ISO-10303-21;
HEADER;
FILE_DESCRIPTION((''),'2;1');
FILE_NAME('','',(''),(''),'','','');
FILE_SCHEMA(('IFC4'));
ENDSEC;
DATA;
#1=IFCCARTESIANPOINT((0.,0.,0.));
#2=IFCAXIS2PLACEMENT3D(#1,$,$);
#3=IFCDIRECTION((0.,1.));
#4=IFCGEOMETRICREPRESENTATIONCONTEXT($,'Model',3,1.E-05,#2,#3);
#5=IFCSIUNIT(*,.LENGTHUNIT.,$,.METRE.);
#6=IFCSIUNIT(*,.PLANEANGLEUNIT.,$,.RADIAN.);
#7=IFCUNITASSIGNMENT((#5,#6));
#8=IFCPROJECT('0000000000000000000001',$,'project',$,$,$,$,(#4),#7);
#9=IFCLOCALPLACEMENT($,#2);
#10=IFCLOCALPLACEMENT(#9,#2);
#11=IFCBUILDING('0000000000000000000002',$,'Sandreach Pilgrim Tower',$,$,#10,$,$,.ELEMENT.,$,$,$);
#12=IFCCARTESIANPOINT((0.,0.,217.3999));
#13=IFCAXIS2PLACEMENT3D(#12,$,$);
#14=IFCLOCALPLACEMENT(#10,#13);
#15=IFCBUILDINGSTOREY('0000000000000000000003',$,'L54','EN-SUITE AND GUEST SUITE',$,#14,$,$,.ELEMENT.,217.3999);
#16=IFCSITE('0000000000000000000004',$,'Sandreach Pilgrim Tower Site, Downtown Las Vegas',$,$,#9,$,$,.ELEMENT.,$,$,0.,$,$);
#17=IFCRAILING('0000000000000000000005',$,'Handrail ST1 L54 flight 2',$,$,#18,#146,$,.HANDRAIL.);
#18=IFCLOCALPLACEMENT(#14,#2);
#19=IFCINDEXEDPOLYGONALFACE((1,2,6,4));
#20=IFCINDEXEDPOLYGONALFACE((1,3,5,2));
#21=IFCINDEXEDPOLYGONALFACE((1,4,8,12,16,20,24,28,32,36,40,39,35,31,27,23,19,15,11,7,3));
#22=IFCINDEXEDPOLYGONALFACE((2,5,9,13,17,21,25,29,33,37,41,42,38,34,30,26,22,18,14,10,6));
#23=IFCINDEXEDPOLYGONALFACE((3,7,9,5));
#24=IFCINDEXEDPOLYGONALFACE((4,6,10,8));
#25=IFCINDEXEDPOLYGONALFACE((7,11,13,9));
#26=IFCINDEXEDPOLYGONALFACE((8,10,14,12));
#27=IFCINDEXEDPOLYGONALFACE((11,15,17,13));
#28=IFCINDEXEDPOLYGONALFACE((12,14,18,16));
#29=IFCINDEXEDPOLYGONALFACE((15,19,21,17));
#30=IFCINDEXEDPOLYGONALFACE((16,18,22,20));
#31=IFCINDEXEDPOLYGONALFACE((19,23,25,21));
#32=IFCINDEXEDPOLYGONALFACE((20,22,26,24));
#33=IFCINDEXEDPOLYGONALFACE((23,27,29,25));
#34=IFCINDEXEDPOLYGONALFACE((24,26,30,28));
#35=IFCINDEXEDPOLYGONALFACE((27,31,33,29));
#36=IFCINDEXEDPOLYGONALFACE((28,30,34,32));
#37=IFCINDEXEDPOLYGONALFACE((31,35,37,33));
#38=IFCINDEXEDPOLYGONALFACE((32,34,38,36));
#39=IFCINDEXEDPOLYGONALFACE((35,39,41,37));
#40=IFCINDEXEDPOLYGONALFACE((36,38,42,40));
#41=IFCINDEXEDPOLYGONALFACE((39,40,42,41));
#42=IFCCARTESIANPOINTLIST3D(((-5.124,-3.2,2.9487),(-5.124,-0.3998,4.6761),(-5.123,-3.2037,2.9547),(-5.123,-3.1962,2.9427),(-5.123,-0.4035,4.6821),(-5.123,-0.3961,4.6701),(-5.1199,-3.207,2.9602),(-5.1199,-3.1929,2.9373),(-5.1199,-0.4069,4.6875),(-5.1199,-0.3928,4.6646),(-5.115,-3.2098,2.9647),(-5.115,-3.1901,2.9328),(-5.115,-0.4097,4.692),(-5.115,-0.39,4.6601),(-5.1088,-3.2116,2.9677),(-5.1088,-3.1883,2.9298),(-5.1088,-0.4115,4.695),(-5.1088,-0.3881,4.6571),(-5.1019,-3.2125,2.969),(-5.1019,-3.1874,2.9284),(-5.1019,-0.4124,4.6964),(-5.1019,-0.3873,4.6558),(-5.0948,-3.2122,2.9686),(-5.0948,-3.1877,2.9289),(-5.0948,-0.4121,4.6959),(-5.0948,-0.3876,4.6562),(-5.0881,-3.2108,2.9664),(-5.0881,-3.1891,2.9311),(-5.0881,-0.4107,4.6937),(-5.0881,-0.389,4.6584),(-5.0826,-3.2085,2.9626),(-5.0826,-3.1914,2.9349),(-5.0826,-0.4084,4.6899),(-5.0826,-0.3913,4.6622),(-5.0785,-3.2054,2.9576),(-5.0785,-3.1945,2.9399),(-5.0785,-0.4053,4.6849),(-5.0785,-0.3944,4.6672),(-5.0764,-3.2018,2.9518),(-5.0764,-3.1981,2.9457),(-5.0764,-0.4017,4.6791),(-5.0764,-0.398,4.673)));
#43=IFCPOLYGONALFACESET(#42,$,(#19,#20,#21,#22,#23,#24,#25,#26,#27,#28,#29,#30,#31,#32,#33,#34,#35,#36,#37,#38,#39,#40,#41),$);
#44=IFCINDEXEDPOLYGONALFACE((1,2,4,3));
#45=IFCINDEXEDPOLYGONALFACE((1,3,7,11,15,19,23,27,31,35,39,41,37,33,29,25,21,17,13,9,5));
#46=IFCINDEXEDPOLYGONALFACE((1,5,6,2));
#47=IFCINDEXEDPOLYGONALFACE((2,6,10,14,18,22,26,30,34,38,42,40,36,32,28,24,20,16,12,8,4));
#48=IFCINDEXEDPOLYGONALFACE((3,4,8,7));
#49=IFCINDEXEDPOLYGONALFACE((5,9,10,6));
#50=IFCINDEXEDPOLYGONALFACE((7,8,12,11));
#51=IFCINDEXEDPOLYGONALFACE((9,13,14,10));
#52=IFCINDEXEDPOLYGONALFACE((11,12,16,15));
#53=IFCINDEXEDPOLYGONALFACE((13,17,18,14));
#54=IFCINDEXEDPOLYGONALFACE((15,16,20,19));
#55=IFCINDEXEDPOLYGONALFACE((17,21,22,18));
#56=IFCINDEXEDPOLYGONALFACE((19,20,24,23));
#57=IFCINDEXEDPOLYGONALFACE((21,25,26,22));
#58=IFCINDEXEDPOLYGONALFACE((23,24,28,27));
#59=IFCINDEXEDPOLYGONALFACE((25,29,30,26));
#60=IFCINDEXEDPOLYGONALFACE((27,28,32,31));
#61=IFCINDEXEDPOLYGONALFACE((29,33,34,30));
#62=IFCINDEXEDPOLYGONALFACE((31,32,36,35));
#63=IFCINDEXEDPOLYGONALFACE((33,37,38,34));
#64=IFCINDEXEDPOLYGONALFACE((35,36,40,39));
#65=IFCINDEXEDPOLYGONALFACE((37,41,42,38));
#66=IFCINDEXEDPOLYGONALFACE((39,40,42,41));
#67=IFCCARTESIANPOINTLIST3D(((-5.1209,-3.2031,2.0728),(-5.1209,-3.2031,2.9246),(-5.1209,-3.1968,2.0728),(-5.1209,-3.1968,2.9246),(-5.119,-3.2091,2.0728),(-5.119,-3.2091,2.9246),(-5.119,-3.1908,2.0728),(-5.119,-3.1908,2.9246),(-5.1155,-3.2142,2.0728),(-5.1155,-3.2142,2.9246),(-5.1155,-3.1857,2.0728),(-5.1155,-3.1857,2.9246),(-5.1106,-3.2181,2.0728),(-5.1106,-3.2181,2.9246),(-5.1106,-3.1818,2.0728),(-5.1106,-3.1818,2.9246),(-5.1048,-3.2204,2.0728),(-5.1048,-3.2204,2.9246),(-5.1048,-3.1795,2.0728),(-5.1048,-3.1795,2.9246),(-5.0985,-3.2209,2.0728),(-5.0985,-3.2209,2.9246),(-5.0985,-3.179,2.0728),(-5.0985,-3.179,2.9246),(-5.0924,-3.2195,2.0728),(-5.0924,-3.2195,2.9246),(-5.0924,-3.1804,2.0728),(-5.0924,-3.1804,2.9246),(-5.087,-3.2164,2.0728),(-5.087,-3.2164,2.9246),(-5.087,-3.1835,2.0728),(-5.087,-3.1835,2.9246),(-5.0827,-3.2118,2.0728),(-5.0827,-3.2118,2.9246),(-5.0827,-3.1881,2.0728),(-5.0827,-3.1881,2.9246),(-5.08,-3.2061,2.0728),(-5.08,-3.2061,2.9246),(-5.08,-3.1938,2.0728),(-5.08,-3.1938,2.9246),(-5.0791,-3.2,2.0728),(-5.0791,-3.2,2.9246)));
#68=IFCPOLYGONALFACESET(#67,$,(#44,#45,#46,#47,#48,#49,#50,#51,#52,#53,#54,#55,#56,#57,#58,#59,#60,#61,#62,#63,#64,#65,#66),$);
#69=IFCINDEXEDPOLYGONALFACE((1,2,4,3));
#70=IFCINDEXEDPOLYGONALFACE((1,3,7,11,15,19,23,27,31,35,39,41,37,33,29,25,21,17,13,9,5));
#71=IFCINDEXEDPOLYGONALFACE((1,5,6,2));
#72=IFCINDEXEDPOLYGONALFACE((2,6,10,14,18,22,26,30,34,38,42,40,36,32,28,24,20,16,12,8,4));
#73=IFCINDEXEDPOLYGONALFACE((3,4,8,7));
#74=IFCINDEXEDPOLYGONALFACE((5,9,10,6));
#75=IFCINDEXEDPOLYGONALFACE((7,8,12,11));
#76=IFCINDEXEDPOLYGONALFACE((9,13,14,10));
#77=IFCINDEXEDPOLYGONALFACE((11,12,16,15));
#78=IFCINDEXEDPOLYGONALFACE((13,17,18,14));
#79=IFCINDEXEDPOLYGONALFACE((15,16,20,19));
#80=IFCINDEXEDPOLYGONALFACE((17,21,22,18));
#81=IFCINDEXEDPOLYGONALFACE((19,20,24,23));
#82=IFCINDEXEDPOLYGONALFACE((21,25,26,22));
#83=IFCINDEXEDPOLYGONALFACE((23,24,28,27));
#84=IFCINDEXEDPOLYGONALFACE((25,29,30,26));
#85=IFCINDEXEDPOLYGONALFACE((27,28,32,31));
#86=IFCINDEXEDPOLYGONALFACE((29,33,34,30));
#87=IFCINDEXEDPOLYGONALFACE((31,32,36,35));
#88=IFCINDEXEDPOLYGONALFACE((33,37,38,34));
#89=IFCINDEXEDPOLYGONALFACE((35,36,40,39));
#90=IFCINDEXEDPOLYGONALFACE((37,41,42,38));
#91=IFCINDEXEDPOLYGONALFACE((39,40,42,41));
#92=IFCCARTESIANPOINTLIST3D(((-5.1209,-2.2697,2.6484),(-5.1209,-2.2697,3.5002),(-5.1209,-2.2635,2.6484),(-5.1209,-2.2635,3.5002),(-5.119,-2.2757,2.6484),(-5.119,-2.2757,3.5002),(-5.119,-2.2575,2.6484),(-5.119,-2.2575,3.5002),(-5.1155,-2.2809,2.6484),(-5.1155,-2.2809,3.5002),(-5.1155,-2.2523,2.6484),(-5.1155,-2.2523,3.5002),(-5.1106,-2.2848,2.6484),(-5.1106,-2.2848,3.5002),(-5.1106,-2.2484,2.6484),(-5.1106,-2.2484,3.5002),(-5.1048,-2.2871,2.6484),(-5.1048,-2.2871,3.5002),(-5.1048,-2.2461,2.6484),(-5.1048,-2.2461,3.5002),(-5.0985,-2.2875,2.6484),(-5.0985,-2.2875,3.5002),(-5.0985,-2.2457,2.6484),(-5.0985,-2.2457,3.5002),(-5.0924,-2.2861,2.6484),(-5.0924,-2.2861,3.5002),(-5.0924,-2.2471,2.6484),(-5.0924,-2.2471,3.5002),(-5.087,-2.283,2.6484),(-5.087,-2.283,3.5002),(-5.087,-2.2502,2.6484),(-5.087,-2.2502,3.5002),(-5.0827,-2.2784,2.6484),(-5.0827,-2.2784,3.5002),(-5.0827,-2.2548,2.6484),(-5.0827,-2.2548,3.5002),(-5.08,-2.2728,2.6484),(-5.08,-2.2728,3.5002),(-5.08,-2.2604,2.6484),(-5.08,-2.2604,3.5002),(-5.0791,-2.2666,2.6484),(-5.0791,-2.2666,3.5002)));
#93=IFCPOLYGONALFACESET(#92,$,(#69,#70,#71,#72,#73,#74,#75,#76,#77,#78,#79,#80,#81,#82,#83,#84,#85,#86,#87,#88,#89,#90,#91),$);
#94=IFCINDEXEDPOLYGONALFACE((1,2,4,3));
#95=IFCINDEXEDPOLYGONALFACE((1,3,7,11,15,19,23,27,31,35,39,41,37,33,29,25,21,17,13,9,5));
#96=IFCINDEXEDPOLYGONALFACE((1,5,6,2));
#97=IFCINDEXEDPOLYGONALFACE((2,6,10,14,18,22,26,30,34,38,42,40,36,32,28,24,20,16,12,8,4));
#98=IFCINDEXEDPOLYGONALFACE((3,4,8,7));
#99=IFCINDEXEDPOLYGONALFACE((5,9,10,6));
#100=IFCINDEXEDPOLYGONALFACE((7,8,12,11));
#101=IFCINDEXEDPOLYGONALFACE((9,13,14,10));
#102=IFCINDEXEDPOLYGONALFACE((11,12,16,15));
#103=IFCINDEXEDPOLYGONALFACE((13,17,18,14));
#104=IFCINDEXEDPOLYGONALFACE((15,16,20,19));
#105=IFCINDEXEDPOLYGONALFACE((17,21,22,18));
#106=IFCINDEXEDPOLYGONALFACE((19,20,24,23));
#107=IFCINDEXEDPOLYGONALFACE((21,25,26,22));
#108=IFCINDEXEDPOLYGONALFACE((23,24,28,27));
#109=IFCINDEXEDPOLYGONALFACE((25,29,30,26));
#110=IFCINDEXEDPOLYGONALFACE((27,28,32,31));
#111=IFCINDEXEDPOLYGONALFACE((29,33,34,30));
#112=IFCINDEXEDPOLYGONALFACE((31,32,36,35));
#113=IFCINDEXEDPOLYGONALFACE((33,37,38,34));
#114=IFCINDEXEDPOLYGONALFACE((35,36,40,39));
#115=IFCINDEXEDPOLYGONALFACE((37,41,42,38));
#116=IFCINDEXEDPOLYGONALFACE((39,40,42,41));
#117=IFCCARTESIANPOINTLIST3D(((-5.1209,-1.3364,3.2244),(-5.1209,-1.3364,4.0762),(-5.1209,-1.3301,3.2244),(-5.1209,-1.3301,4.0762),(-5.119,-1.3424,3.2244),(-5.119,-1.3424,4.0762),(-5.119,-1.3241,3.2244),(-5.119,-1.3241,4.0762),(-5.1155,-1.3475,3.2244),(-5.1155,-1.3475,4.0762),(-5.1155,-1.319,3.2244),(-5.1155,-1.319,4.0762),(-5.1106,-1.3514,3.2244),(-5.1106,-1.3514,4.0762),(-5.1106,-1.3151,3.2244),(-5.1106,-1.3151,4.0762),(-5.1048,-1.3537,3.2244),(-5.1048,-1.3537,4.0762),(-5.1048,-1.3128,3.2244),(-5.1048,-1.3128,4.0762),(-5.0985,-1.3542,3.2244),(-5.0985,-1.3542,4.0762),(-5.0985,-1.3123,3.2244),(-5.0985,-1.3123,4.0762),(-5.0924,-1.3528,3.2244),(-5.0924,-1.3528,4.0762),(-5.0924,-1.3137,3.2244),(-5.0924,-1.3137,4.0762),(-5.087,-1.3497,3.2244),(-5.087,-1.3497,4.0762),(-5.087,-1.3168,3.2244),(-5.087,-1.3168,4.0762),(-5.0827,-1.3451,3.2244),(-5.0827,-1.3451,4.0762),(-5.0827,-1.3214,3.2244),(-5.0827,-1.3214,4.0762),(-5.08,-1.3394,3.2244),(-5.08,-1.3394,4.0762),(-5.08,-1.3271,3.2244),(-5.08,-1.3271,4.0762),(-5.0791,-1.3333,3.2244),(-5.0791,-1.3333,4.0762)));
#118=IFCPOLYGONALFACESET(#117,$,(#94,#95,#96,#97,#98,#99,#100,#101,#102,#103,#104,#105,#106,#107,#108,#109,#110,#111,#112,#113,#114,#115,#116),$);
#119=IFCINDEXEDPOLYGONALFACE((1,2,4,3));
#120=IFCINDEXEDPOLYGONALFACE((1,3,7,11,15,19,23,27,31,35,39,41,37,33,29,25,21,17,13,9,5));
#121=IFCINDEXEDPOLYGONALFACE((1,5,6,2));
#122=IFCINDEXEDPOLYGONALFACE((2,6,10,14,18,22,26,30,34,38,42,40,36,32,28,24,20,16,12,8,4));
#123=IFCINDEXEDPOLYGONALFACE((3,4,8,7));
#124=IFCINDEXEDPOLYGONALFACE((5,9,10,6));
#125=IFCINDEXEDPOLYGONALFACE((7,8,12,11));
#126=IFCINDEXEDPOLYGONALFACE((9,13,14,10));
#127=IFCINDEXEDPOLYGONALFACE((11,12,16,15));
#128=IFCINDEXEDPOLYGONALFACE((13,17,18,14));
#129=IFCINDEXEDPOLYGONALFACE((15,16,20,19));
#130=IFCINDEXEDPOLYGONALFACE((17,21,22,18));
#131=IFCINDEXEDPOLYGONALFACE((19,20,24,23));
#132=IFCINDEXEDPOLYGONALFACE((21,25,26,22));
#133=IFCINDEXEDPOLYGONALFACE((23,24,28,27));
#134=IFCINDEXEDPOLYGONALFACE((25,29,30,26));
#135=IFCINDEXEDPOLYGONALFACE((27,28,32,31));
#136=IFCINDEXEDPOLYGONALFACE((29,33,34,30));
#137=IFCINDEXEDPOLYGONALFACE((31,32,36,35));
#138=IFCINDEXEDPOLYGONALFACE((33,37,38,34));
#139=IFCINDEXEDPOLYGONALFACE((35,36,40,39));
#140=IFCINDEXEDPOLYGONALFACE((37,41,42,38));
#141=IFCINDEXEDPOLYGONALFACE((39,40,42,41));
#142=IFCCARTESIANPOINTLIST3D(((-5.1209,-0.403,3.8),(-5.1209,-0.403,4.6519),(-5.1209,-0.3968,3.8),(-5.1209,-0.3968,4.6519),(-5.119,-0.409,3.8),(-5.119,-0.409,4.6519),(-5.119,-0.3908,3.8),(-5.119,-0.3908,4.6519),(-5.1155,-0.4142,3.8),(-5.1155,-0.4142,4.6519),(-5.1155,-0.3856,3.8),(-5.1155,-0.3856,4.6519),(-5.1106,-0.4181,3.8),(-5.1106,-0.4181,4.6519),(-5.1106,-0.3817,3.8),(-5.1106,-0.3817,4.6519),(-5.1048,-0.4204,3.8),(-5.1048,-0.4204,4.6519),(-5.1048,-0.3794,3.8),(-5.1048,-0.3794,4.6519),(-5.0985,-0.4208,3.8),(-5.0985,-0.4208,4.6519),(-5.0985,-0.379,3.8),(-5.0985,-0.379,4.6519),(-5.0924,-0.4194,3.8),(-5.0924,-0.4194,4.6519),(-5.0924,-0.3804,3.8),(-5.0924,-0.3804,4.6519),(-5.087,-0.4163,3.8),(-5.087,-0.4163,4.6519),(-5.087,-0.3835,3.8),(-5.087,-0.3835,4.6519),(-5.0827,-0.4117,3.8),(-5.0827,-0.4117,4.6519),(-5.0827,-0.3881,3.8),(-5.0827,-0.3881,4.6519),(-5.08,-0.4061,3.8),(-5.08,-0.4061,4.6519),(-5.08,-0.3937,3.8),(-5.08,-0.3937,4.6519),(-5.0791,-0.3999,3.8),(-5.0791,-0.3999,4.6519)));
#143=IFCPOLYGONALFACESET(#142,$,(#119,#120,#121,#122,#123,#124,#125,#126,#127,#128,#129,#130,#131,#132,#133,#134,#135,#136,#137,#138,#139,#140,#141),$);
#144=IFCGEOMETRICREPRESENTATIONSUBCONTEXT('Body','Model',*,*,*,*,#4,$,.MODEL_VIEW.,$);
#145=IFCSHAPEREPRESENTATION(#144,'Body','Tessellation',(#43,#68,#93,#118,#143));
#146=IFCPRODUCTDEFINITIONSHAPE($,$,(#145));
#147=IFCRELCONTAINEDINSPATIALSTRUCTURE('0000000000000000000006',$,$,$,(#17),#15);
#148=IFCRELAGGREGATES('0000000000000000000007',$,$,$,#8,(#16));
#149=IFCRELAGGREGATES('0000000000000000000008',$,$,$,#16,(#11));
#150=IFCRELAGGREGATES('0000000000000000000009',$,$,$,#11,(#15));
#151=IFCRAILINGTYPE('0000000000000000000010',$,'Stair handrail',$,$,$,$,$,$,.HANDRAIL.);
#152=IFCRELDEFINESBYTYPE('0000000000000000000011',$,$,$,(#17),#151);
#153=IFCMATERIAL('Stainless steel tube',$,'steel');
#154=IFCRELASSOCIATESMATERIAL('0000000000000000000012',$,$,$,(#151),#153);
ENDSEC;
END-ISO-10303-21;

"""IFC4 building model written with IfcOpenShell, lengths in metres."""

from ifc_helpers import new_model, si_unit, direction, frame, origin, origin_2d, place, context, subcontext, project, spatial, circle, extrude, material, type_object, element, save


model = new_model("IFC4")

# Units and contexts
model_context = context("Model", 3, precision=1e-05, world=origin(), true_north=direction((0.0, 1.0)))
body_context = subcontext(model_context, "Body", "Model", "MODEL_VIEW")
ifc_project = project(units=[si_unit("LENGTHUNIT", "METRE"), si_unit("PLANEANGLEUNIT", "RADIAN")], contexts=[model_context])

# Site, building, storey
site_placement = place(None, origin())
site = spatial("IfcSite", under=ifc_project, at=site_placement, Name="Sandreach Pilgrim Tower Site, Downtown Las Vegas", CompositionType="ELEMENT", RefElevation=0.0)
building_placement = place(site_placement, origin())
building = spatial("IfcBuilding", under=site, at=building_placement, Name="Sandreach Pilgrim Tower", CompositionType="ELEMENT")
storey_placement = place(building_placement, frame((0.0, 0.0, 217.3999)))
storey = spatial("IfcBuildingStorey", under=building, at=storey_placement, Name="L54", Description="EN-SUITE AND GUEST SUITE", CompositionType="ELEMENT", Elevation=217.3999)

# Railing
ifc_material_1 = material(Name="Stainless steel tube", Category="steel")
railing_type = type_object("IfcRailingType", Name="Stair handrail", PredefinedType="HANDRAIL", material=ifc_material_1)
for number, where, name in (
    (1, (-5.1001, -3.2, 2.0728), "Handrail ST1 L54 flight 2"),
):
    element("IfcRailing", number, at=place(storey_placement, frame(where)), inside=storey, type_object=railing_type, Name=name, PredefinedType="HANDRAIL", context=body_context, shape_type="SweptSolid", body=[
        extrude(circle(Radius=0.0239, at=origin_2d()), frame((0.0, 0.0, 0.876), z_axis=(0.0, 0.85109, 0.52502), x_axis=(-1.0, 0.0, 0.0)), (0.0, 0.0, 1.0), 3.29),
        extrude(circle(Radius=0.021, at=origin_2d()), origin(), (0.0, 0.0, 1.0), 0.8518),
        extrude(circle(Radius=0.021, at=origin_2d()), frame((0.0, 0.9333, 0.5757)), (0.0, 0.0, 1.0), 0.8518),
        extrude(circle(Radius=0.021, at=origin_2d()), frame((0.0, 1.8667, 1.1516)), (0.0, 0.0, 1.0), 0.8518),
        extrude(circle(Radius=0.021, at=origin_2d()), frame((0.0, 2.8, 1.7273)), (0.0, 0.0, 1.0), 0.8518),
    ])

save(model, "model.ifc")
